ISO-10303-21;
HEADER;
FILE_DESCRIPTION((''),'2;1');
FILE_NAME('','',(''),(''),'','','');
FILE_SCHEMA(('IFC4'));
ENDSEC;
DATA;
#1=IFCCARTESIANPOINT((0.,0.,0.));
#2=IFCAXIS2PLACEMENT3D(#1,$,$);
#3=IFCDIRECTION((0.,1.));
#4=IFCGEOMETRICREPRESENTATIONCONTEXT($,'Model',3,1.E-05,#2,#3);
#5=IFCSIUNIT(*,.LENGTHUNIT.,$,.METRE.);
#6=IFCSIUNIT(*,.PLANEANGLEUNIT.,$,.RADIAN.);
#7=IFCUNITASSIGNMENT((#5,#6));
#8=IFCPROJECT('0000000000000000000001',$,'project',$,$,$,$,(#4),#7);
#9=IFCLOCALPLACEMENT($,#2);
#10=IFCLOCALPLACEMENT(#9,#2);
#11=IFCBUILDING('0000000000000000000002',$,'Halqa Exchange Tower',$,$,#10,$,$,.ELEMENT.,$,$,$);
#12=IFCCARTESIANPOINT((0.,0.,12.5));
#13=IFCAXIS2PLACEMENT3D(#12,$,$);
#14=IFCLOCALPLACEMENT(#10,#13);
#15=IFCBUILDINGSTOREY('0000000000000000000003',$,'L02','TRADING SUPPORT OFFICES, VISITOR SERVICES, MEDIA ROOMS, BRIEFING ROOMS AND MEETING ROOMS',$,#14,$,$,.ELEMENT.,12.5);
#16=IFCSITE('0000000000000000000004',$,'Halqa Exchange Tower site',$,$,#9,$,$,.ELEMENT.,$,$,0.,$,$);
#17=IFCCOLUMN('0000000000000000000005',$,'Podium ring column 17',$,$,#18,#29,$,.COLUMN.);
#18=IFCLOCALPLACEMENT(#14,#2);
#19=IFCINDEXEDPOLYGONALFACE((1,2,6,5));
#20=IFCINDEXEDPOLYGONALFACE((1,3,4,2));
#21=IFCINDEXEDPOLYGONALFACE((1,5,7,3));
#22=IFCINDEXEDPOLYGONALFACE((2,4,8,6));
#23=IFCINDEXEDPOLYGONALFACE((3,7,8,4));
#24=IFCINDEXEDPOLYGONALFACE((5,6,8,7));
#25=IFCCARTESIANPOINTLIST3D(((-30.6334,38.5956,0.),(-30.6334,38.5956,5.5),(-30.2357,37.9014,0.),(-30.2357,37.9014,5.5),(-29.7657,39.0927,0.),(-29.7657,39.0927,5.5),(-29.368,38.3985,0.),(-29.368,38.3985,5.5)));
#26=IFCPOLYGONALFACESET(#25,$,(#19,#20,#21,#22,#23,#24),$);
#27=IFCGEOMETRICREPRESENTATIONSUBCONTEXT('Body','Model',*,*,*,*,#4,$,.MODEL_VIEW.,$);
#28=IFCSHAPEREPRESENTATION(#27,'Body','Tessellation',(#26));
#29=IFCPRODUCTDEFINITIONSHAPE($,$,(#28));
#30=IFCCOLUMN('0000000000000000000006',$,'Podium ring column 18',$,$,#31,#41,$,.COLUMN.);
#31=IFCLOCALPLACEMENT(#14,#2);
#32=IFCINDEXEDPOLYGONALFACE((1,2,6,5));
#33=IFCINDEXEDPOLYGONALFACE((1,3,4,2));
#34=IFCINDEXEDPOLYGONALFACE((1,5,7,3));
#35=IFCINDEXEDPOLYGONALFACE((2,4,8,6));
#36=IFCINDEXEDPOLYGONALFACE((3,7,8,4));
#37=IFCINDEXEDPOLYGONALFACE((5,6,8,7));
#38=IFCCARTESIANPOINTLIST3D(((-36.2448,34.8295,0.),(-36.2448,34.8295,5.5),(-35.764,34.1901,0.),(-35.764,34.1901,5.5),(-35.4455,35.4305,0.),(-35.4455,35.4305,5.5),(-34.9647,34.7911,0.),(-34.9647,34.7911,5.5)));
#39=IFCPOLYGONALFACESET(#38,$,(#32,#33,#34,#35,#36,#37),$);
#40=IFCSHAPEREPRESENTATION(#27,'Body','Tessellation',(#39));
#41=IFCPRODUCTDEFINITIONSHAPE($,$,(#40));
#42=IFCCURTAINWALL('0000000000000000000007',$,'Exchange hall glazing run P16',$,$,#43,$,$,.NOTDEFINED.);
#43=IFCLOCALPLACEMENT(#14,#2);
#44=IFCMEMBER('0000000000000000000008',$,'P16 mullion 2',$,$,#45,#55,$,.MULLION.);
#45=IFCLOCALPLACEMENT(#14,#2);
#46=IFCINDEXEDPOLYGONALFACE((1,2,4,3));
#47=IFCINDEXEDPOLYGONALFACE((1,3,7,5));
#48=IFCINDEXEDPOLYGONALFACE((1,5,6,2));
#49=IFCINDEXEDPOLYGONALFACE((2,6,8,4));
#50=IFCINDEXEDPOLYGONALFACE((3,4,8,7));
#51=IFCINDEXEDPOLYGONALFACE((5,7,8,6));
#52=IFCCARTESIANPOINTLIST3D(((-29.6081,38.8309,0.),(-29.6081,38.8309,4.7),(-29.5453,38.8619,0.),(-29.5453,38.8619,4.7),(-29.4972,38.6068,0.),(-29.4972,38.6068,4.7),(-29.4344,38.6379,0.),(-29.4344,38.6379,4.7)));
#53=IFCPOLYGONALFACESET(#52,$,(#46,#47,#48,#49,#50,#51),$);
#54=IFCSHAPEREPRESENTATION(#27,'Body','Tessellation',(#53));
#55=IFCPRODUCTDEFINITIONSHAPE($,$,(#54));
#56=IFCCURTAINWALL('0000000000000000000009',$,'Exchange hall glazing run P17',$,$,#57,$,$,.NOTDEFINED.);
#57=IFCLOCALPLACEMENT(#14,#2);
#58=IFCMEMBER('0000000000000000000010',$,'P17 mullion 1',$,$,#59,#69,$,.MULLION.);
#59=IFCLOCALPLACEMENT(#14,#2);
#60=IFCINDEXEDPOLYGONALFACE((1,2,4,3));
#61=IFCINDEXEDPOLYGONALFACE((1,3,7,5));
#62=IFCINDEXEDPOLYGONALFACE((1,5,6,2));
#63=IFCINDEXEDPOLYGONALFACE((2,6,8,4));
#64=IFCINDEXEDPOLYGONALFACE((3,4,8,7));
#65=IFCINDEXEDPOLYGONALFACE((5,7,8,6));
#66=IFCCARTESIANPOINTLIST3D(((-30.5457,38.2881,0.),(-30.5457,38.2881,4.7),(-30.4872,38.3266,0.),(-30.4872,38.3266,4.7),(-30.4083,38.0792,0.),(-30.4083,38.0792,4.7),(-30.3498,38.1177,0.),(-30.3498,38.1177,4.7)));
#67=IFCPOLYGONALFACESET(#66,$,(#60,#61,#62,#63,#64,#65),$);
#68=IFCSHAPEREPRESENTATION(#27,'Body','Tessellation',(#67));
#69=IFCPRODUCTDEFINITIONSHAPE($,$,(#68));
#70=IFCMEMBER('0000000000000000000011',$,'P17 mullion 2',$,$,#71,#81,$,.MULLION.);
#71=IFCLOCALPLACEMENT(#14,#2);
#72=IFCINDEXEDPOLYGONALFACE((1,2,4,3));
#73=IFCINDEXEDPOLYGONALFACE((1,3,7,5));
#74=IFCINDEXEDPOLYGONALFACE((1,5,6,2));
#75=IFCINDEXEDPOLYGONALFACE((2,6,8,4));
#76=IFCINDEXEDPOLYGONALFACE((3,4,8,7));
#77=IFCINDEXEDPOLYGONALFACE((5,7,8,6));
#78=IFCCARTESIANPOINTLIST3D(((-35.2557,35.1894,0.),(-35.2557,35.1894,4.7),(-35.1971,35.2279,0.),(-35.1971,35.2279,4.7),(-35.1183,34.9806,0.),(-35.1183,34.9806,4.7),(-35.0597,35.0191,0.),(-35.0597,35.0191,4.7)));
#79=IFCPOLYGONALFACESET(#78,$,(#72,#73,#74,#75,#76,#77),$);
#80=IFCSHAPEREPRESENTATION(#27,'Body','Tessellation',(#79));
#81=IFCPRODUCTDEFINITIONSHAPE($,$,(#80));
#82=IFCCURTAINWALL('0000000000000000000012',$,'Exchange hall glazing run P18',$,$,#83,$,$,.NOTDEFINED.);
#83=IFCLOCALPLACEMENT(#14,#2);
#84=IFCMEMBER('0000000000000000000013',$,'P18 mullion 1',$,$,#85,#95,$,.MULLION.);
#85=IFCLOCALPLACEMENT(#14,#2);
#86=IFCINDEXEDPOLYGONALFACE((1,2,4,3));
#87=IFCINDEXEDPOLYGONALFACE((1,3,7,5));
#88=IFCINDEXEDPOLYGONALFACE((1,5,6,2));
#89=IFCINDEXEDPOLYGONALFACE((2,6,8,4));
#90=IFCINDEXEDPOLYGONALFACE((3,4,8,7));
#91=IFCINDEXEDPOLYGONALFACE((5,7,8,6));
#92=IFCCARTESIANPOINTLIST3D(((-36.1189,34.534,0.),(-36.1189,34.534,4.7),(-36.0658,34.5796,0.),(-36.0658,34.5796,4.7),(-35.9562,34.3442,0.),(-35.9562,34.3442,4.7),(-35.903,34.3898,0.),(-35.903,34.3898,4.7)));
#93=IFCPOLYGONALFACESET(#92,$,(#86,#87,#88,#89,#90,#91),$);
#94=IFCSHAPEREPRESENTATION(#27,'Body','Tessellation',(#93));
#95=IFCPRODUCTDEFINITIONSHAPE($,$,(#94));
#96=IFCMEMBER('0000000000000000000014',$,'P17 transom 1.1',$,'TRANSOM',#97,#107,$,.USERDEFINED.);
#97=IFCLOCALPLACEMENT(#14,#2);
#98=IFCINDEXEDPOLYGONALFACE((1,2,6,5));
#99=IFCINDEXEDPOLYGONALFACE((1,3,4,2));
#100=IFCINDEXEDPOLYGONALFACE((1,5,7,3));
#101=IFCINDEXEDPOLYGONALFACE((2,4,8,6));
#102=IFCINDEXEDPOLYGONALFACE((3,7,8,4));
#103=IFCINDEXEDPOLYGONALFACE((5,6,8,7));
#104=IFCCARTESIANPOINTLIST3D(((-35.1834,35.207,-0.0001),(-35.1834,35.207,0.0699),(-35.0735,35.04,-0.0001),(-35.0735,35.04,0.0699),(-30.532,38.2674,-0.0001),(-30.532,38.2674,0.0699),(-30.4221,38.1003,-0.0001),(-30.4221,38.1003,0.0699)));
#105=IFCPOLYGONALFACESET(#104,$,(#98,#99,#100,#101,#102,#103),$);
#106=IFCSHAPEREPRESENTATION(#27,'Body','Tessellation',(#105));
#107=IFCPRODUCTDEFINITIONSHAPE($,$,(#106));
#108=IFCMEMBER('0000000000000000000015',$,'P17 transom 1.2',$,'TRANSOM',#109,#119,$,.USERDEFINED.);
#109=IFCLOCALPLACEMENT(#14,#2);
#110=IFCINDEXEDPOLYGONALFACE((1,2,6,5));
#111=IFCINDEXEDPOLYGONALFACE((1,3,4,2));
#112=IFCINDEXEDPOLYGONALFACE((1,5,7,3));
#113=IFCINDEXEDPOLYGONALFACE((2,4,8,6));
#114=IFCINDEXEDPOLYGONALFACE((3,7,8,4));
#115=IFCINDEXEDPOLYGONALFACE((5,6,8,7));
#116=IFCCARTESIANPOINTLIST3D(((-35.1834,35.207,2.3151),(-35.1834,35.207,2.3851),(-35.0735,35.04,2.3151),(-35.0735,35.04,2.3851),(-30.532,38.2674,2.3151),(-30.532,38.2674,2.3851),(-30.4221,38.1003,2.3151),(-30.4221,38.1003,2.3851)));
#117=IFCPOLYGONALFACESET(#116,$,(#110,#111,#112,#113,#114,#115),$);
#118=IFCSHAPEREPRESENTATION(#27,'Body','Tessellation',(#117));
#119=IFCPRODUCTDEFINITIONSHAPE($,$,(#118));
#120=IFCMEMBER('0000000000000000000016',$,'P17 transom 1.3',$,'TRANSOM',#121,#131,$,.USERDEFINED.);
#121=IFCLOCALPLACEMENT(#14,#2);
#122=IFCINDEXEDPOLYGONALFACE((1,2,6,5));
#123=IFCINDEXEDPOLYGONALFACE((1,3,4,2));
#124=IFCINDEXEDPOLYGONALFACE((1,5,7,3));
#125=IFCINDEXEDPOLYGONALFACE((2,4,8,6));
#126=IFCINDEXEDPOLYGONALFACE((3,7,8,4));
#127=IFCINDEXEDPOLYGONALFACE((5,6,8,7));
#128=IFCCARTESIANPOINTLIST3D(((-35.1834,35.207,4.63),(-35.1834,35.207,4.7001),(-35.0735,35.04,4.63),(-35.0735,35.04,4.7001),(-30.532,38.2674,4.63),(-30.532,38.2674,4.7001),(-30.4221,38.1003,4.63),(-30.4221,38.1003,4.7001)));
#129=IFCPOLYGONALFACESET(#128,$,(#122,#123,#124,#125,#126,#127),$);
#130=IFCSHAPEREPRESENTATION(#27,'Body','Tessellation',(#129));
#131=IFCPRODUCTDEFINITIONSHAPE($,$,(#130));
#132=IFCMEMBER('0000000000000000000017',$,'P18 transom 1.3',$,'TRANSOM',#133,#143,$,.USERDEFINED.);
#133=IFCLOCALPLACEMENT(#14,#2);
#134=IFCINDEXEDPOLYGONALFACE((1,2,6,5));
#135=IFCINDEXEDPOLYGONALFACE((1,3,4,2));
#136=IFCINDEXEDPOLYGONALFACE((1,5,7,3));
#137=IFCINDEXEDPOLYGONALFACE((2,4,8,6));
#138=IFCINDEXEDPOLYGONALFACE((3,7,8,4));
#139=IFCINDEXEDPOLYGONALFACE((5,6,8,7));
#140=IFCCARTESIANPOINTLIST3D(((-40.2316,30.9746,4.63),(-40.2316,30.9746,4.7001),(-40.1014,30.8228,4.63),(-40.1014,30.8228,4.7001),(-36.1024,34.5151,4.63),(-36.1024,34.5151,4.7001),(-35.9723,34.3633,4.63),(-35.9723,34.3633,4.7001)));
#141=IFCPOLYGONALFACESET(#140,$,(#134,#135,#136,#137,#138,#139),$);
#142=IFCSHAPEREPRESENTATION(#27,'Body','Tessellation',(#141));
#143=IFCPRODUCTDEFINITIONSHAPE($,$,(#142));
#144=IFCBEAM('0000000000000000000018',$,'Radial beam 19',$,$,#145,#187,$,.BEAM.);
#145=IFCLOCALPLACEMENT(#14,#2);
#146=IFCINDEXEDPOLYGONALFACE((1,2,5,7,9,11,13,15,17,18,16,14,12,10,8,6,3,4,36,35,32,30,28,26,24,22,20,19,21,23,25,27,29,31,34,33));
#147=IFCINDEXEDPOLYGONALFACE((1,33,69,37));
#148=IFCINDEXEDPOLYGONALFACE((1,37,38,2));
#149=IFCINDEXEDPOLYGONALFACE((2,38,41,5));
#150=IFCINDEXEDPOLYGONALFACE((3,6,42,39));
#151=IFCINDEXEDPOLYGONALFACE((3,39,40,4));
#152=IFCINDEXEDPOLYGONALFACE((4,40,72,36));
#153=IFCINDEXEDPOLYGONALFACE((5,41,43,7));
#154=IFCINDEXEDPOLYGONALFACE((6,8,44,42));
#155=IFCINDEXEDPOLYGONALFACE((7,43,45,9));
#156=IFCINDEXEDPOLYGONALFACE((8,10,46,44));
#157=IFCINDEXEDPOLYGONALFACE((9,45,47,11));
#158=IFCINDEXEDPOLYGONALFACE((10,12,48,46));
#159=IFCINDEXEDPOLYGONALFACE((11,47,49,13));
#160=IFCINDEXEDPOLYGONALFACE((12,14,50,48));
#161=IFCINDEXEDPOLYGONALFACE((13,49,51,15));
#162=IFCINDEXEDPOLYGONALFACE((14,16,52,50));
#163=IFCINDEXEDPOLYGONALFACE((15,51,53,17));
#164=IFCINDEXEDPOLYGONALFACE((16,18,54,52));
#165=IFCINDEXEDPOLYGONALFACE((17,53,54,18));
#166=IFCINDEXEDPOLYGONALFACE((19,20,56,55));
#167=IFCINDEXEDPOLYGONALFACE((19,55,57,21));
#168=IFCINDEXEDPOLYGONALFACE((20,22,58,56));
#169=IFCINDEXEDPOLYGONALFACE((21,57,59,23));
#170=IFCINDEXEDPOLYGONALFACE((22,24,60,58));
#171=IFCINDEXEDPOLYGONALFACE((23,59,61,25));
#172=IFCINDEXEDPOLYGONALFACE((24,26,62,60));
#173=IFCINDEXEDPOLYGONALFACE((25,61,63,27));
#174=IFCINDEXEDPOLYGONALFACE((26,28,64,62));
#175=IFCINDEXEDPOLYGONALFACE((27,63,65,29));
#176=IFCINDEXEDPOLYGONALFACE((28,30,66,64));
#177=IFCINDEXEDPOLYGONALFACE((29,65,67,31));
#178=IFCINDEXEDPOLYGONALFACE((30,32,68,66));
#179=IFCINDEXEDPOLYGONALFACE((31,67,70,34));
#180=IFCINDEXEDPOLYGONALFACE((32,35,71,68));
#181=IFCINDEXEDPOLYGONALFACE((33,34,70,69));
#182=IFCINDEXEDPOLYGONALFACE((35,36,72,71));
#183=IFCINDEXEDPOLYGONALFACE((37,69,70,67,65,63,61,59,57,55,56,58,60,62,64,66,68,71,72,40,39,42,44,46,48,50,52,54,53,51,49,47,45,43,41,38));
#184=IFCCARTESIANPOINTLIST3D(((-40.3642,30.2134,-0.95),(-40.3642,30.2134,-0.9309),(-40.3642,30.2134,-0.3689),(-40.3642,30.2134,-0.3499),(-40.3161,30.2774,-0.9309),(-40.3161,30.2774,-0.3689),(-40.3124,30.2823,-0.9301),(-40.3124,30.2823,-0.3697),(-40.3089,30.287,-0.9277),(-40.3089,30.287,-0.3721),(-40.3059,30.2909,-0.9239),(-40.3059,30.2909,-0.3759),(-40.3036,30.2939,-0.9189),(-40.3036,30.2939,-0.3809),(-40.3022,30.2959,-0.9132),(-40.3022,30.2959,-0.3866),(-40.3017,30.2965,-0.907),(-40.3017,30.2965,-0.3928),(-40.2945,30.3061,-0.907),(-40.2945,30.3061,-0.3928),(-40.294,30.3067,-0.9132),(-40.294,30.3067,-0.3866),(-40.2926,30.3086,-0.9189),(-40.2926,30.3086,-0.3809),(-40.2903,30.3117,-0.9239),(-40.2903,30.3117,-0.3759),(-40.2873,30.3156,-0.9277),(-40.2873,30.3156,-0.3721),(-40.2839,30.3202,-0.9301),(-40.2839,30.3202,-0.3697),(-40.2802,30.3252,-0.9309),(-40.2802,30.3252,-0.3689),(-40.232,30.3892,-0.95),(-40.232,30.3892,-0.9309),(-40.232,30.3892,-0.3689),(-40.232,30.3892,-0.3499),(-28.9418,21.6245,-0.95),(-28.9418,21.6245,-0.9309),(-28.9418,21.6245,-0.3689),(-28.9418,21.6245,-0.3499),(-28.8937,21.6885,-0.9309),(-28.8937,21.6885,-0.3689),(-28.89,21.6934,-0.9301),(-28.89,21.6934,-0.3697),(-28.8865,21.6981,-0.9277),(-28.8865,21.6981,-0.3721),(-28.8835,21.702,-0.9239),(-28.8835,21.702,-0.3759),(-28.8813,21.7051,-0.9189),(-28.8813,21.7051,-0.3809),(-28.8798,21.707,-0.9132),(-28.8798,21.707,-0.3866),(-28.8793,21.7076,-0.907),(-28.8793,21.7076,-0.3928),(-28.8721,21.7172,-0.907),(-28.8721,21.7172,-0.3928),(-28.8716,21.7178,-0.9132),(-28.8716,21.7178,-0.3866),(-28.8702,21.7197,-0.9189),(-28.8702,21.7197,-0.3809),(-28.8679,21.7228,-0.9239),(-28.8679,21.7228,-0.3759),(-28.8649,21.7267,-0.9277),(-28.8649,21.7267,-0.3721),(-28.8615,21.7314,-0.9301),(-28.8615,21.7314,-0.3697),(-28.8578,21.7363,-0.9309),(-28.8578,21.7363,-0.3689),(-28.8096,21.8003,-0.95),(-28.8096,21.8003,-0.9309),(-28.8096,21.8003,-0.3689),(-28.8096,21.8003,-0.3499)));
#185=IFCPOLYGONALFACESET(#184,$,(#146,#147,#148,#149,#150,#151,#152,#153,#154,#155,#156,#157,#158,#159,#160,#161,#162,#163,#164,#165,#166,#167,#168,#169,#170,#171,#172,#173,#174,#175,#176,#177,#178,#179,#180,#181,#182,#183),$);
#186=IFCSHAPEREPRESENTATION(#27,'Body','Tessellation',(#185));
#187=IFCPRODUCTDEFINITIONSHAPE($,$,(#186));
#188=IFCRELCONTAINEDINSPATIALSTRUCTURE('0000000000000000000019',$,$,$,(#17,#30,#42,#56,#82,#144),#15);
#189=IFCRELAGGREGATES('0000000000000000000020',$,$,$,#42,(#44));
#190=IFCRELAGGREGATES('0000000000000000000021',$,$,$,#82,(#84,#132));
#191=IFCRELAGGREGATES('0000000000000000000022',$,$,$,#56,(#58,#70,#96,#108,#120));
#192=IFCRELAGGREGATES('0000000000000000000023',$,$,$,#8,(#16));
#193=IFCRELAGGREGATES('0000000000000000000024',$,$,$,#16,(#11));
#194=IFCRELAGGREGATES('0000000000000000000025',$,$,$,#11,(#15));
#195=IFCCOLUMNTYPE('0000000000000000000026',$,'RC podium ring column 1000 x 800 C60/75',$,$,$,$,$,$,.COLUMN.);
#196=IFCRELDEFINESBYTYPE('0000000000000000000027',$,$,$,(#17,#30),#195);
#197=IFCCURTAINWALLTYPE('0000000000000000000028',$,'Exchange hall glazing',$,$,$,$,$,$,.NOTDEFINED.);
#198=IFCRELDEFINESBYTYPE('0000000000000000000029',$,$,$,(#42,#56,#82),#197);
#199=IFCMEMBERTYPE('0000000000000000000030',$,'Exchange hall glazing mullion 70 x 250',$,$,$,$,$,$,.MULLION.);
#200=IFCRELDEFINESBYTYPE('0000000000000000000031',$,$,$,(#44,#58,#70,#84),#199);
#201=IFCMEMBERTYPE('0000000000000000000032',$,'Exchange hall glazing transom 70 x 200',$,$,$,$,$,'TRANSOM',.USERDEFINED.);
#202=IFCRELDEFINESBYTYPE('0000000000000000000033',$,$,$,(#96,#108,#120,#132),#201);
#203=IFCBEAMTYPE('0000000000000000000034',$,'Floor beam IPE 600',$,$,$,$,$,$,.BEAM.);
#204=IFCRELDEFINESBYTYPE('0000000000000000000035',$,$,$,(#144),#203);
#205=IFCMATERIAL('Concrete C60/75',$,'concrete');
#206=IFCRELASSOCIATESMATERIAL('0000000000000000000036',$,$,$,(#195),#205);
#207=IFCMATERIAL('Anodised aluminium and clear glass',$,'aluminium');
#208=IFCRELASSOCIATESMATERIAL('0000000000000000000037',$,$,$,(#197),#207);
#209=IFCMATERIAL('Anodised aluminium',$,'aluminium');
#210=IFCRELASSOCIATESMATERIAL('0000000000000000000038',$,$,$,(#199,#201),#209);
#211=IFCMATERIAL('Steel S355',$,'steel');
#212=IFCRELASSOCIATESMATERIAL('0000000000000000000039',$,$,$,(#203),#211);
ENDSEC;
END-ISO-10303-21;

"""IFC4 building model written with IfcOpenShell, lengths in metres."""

from ifc_helpers import new_model, si_unit, direction, frame, origin, origin_2d, place, context, subcontext, project, spatial, rectangle, i_section, extrude, material, material_profile, profile_set, type_object, element, aggregate, save


model = new_model("IFC4")

# Units and contexts
model_context = context("Model", 3, precision=1e-05, world=origin(), true_north=direction((0.0, 1.0)))
body_context = subcontext(model_context, "Body", "Model", "MODEL_VIEW")
ifc_project = project(units=[si_unit("LENGTHUNIT", "METRE"), si_unit("PLANEANGLEUNIT", "RADIAN")], contexts=[model_context])

# Site, building, storey
site_placement = place(None, origin())
site = spatial("IfcSite", under=ifc_project, at=site_placement, Name="Halqa Exchange Tower site", CompositionType="ELEMENT", RefElevation=0.0)
building_placement = place(site_placement, origin())
building = spatial("IfcBuilding", under=site, at=building_placement, Name="Halqa Exchange Tower", CompositionType="ELEMENT")
storey_placement = place(building_placement, frame((0.0, 0.0, 12.5)))
storey = spatial("IfcBuildingStorey", under=building, at=storey_placement, Name="L02", Description="TRADING SUPPORT OFFICES, VISITOR SERVICES, MEDIA ROOMS, BRIEFING ROOMS AND MEETING ROOMS", CompositionType="ELEMENT", Elevation=12.5)

# Columns
ifc_material_1 = material(Name="Concrete C60/75", Category="concrete")
ifc_material_profile_1 = material_profile(ifc_material_1, rectangle(XDim=1.0, YDim=0.8, at=origin_2d()), Name="1000 x 800")
ifc_profile_set_1 = profile_set([ifc_material_profile_1], Name="Concrete C60/75")
column_type = type_object("IfcColumnType", Name="RC podium ring column 1000 x 800 C60/75", PredefinedType="COLUMN", material=ifc_profile_set_1)
for number, where, z_axis, x_axis, name in (
    (1, (-30.0007, 38.4971, 0.0), (0.0, 0.0, 1.0), (-0.867693, -0.4971, 0.0), "Podium ring column 17"),
    (2, (-35.6047, 34.8103, 0.0), (0.0, 0.0, 1.0), (-0.79926, -0.600985, 0.0), "Podium ring column 18"),
):
    element("IfcColumn", number, at=place(storey_placement, frame(where, z_axis=z_axis, x_axis=x_axis)), inside=storey, type_object=column_type, Name=name, PredefinedType="COLUMN", context=body_context, shape_type="SweptSolid", body=[
        extrude(rectangle(XDim=1.0, YDim=0.8, at=origin_2d()), origin(), (0.0, 0.0, 1.0), 5.5),
    ])

# Curtain wall, member
ifc_material_2 = material(Name="Anodised aluminium and clear glass", Category="aluminium")
curtain_wall_type = type_object("IfcCurtainWallType", Name="Exchange hall glazing", PredefinedType="NOTDEFINED", material=ifc_material_2)
curtain_wall_1_placement = place(storey_placement, origin())
curtain_wall_1 = element("IfcCurtainWall", 3, at=curtain_wall_1_placement, inside=storey, type_object=curtain_wall_type, Name="Exchange hall glazing run P16", PredefinedType="NOTDEFINED")
ifc_material_3 = material(Name="Anodised aluminium", Category="aluminium")
ifc_material_profile_2 = material_profile(ifc_material_3, rectangle(XDim=0.25, YDim=0.0701, at=origin_2d()), Name="AL 70x250")
ifc_profile_set_2 = profile_set([ifc_material_profile_2], Name="Anodised aluminium")
member_type_1 = type_object("IfcMemberType", Name="Exchange hall glazing mullion 70 x 250", PredefinedType="MULLION", material=ifc_profile_set_2)
member_1_placement = place(storey_placement, frame((-29.5212, 38.7344, 0.0), z_axis=(0.0, 0.0, 1.0), x_axis=(0.443653, -0.896198, 0.0)))
member_1 = element("IfcMember", 4, at=member_1_placement, type_object=member_type_1, Name="P16 mullion 2", PredefinedType="MULLION", context=body_context, shape_type="SweptSolid", body=[
    extrude(rectangle(XDim=0.25, YDim=0.0701, at=origin_2d()), origin(), (0.0, 0.0, 1.0), 4.7),
])
aggregate(curtain_wall_1, [member_1])

# Curtain wall, members
curtain_wall_2_placement = place(storey_placement, origin())
curtain_wall_2 = element("IfcCurtainWall", 5, at=curtain_wall_2_placement, inside=storey, type_object=curtain_wall_type, Name="Exchange hall glazing run P17", PredefinedType="NOTDEFINED")
member_2_placement = place(storey_placement, frame((-30.4478, 38.2029, 0.0), z_axis=(0.0, 0.0, 1.0), x_axis=(0.54962, -0.835415, 0.0)))
member_2 = element("IfcMember", 6, at=member_2_placement, type_object=member_type_1, Name="P17 mullion 1", PredefinedType="MULLION", context=body_context, shape_type="SweptSolid", body=[
    extrude(rectangle(XDim=0.25, YDim=0.0701, at=origin_2d()), origin(), (0.0, 0.0, 1.0), 4.7),
])
member_3_placement = place(storey_placement, frame((-35.1577, 35.1042, 0.0), z_axis=(0.0, 0.0, 1.0), x_axis=(0.54962, -0.835415, 0.0)))
member_3 = element("IfcMember", 7, at=member_3_placement, type_object=member_type_1, Name="P17 mullion 2", PredefinedType="MULLION", context=body_context, shape_type="SweptSolid", body=[
    extrude(rectangle(XDim=0.25, YDim=0.0701, at=origin_2d()), origin(), (0.0, 0.0, 1.0), 4.7),
])

# Curtain wall, member
curtain_wall_3_placement = place(storey_placement, origin())
curtain_wall_3 = element("IfcCurtainWall", 8, at=curtain_wall_3_placement, inside=storey, type_object=curtain_wall_type, Name="Exchange hall glazing run P18", PredefinedType="NOTDEFINED")
member_4_placement = place(storey_placement, frame((-36.011, 34.4619, 0.0), z_axis=(0.0, 0.0, 1.0), x_axis=(0.650911, -0.759154, 0.0)))
member_4 = element("IfcMember", 9, at=member_4_placement, type_object=member_type_1, Name="P18 mullion 1", PredefinedType="MULLION", context=body_context, shape_type="SweptSolid", body=[
    extrude(rectangle(XDim=0.25, YDim=0.0701, at=origin_2d()), origin(), (0.0, 0.0, 1.0), 4.7),
])

# Members
ifc_material_profile_3 = material_profile(ifc_material_3, rectangle(XDim=0.2, YDim=0.0701, at=origin_2d()), Name="AL 70x200")
ifc_profile_set_3 = profile_set([ifc_material_profile_3], Name="Anodised aluminium")
member_type_2 = type_object("IfcMemberType", Name="Exchange hall glazing transom 70 x 200", ElementType="TRANSOM", PredefinedType="USERDEFINED", material=ifc_profile_set_3)
member_5_placement = place(storey_placement, frame((-30.4771, 38.1838, 0.0349), z_axis=(-0.835401, -0.549641, 0.0), x_axis=(0.549641, -0.835401, 0.0)))
member_5 = element("IfcMember", 10, at=member_5_placement, type_object=member_type_2, Name="P17 transom 1.1", ObjectType="TRANSOM", PredefinedType="USERDEFINED", context=body_context, shape_type="SweptSolid", body=[
    extrude(rectangle(XDim=0.2, YDim=0.0701, at=origin_2d()), origin(), (0.0, 0.0, 1.0), 5.5679),
])
member_6_placement = place(storey_placement, frame((-30.4771, 38.1838, 2.3501), z_axis=(-0.835401, -0.549641, 0.0), x_axis=(0.549641, -0.835401, 0.0)))
member_6 = element("IfcMember", 11, at=member_6_placement, type_object=member_type_2, Name="P17 transom 1.2", ObjectType="TRANSOM", PredefinedType="USERDEFINED", context=body_context, shape_type="SweptSolid", body=[
    extrude(rectangle(XDim=0.2, YDim=0.0701, at=origin_2d()), origin(), (0.0, 0.0, 1.0), 5.5679),
])
member_7_placement = place(storey_placement, frame((-30.4771, 38.1838, 4.665), z_axis=(-0.835401, -0.549641, 0.0), x_axis=(0.549641, -0.835401, 0.0)))
member_7 = element("IfcMember", 12, at=member_7_placement, type_object=member_type_2, Name="P17 transom 1.3", ObjectType="TRANSOM", PredefinedType="USERDEFINED", context=body_context, shape_type="SweptSolid", body=[
    extrude(rectangle(XDim=0.2, YDim=0.0701, at=origin_2d()), origin(), (0.0, 0.0, 1.0), 5.5679),
])
member_8_placement = place(storey_placement, frame((-36.0374, 34.4392, 4.665), z_axis=(-0.759143, -0.650924, 0.0), x_axis=(0.650924, -0.759143, 0.0)))
member_8 = element("IfcMember", 13, at=member_8_placement, type_object=member_type_2, Name="P18 transom 1.3", ObjectType="TRANSOM", PredefinedType="USERDEFINED", context=body_context, shape_type="SweptSolid", body=[
    extrude(rectangle(XDim=0.2, YDim=0.0701, at=origin_2d()), origin(), (0.0, 0.0, 1.0), 5.4392),
])
aggregate(curtain_wall_3, [member_4, member_8])

# Beam
ifc_material_4 = material(Name="Steel S355", Category="steel")
ifc_material_profile_4 = material_profile(ifc_material_4, i_section(OverallWidth=0.22, OverallDepth=0.6001, WebThickness=0.012, FlangeThickness=0.019, FilletRadius=0.0239, at=origin_2d()), Name="IPE 600")
ifc_profile_set_4 = profile_set([ifc_material_profile_4], Name="Steel S355")
beam_type_1 = type_object("IfcBeamType", Name="Floor beam IPE 600", PredefinedType="BEAM", material=ifc_profile_set_4)
beam_1_placement = place(storey_placement, frame((-28.8757, 21.7124, -0.6499), z_axis=(-0.799257, 0.600989, 0.0), x_axis=(-0.600989, -0.799257, 0.0)))
element("IfcBeam", 14, at=beam_1_placement, inside=storey, type_object=beam_type_1, Name="Radial beam 19", PredefinedType="BEAM", context=body_context, shape_type="SweptSolid", body=[
    extrude(i_section(OverallWidth=0.22, OverallDepth=0.6001, WebThickness=0.012, FlangeThickness=0.019, FilletRadius=0.0239, at=origin_2d()), origin(), (0.0, 0.0, 1.0), 14.2913),
])

aggregate(curtain_wall_2, [member_2, member_3, member_5, member_6, member_7])

save(model, "model.ifc")
